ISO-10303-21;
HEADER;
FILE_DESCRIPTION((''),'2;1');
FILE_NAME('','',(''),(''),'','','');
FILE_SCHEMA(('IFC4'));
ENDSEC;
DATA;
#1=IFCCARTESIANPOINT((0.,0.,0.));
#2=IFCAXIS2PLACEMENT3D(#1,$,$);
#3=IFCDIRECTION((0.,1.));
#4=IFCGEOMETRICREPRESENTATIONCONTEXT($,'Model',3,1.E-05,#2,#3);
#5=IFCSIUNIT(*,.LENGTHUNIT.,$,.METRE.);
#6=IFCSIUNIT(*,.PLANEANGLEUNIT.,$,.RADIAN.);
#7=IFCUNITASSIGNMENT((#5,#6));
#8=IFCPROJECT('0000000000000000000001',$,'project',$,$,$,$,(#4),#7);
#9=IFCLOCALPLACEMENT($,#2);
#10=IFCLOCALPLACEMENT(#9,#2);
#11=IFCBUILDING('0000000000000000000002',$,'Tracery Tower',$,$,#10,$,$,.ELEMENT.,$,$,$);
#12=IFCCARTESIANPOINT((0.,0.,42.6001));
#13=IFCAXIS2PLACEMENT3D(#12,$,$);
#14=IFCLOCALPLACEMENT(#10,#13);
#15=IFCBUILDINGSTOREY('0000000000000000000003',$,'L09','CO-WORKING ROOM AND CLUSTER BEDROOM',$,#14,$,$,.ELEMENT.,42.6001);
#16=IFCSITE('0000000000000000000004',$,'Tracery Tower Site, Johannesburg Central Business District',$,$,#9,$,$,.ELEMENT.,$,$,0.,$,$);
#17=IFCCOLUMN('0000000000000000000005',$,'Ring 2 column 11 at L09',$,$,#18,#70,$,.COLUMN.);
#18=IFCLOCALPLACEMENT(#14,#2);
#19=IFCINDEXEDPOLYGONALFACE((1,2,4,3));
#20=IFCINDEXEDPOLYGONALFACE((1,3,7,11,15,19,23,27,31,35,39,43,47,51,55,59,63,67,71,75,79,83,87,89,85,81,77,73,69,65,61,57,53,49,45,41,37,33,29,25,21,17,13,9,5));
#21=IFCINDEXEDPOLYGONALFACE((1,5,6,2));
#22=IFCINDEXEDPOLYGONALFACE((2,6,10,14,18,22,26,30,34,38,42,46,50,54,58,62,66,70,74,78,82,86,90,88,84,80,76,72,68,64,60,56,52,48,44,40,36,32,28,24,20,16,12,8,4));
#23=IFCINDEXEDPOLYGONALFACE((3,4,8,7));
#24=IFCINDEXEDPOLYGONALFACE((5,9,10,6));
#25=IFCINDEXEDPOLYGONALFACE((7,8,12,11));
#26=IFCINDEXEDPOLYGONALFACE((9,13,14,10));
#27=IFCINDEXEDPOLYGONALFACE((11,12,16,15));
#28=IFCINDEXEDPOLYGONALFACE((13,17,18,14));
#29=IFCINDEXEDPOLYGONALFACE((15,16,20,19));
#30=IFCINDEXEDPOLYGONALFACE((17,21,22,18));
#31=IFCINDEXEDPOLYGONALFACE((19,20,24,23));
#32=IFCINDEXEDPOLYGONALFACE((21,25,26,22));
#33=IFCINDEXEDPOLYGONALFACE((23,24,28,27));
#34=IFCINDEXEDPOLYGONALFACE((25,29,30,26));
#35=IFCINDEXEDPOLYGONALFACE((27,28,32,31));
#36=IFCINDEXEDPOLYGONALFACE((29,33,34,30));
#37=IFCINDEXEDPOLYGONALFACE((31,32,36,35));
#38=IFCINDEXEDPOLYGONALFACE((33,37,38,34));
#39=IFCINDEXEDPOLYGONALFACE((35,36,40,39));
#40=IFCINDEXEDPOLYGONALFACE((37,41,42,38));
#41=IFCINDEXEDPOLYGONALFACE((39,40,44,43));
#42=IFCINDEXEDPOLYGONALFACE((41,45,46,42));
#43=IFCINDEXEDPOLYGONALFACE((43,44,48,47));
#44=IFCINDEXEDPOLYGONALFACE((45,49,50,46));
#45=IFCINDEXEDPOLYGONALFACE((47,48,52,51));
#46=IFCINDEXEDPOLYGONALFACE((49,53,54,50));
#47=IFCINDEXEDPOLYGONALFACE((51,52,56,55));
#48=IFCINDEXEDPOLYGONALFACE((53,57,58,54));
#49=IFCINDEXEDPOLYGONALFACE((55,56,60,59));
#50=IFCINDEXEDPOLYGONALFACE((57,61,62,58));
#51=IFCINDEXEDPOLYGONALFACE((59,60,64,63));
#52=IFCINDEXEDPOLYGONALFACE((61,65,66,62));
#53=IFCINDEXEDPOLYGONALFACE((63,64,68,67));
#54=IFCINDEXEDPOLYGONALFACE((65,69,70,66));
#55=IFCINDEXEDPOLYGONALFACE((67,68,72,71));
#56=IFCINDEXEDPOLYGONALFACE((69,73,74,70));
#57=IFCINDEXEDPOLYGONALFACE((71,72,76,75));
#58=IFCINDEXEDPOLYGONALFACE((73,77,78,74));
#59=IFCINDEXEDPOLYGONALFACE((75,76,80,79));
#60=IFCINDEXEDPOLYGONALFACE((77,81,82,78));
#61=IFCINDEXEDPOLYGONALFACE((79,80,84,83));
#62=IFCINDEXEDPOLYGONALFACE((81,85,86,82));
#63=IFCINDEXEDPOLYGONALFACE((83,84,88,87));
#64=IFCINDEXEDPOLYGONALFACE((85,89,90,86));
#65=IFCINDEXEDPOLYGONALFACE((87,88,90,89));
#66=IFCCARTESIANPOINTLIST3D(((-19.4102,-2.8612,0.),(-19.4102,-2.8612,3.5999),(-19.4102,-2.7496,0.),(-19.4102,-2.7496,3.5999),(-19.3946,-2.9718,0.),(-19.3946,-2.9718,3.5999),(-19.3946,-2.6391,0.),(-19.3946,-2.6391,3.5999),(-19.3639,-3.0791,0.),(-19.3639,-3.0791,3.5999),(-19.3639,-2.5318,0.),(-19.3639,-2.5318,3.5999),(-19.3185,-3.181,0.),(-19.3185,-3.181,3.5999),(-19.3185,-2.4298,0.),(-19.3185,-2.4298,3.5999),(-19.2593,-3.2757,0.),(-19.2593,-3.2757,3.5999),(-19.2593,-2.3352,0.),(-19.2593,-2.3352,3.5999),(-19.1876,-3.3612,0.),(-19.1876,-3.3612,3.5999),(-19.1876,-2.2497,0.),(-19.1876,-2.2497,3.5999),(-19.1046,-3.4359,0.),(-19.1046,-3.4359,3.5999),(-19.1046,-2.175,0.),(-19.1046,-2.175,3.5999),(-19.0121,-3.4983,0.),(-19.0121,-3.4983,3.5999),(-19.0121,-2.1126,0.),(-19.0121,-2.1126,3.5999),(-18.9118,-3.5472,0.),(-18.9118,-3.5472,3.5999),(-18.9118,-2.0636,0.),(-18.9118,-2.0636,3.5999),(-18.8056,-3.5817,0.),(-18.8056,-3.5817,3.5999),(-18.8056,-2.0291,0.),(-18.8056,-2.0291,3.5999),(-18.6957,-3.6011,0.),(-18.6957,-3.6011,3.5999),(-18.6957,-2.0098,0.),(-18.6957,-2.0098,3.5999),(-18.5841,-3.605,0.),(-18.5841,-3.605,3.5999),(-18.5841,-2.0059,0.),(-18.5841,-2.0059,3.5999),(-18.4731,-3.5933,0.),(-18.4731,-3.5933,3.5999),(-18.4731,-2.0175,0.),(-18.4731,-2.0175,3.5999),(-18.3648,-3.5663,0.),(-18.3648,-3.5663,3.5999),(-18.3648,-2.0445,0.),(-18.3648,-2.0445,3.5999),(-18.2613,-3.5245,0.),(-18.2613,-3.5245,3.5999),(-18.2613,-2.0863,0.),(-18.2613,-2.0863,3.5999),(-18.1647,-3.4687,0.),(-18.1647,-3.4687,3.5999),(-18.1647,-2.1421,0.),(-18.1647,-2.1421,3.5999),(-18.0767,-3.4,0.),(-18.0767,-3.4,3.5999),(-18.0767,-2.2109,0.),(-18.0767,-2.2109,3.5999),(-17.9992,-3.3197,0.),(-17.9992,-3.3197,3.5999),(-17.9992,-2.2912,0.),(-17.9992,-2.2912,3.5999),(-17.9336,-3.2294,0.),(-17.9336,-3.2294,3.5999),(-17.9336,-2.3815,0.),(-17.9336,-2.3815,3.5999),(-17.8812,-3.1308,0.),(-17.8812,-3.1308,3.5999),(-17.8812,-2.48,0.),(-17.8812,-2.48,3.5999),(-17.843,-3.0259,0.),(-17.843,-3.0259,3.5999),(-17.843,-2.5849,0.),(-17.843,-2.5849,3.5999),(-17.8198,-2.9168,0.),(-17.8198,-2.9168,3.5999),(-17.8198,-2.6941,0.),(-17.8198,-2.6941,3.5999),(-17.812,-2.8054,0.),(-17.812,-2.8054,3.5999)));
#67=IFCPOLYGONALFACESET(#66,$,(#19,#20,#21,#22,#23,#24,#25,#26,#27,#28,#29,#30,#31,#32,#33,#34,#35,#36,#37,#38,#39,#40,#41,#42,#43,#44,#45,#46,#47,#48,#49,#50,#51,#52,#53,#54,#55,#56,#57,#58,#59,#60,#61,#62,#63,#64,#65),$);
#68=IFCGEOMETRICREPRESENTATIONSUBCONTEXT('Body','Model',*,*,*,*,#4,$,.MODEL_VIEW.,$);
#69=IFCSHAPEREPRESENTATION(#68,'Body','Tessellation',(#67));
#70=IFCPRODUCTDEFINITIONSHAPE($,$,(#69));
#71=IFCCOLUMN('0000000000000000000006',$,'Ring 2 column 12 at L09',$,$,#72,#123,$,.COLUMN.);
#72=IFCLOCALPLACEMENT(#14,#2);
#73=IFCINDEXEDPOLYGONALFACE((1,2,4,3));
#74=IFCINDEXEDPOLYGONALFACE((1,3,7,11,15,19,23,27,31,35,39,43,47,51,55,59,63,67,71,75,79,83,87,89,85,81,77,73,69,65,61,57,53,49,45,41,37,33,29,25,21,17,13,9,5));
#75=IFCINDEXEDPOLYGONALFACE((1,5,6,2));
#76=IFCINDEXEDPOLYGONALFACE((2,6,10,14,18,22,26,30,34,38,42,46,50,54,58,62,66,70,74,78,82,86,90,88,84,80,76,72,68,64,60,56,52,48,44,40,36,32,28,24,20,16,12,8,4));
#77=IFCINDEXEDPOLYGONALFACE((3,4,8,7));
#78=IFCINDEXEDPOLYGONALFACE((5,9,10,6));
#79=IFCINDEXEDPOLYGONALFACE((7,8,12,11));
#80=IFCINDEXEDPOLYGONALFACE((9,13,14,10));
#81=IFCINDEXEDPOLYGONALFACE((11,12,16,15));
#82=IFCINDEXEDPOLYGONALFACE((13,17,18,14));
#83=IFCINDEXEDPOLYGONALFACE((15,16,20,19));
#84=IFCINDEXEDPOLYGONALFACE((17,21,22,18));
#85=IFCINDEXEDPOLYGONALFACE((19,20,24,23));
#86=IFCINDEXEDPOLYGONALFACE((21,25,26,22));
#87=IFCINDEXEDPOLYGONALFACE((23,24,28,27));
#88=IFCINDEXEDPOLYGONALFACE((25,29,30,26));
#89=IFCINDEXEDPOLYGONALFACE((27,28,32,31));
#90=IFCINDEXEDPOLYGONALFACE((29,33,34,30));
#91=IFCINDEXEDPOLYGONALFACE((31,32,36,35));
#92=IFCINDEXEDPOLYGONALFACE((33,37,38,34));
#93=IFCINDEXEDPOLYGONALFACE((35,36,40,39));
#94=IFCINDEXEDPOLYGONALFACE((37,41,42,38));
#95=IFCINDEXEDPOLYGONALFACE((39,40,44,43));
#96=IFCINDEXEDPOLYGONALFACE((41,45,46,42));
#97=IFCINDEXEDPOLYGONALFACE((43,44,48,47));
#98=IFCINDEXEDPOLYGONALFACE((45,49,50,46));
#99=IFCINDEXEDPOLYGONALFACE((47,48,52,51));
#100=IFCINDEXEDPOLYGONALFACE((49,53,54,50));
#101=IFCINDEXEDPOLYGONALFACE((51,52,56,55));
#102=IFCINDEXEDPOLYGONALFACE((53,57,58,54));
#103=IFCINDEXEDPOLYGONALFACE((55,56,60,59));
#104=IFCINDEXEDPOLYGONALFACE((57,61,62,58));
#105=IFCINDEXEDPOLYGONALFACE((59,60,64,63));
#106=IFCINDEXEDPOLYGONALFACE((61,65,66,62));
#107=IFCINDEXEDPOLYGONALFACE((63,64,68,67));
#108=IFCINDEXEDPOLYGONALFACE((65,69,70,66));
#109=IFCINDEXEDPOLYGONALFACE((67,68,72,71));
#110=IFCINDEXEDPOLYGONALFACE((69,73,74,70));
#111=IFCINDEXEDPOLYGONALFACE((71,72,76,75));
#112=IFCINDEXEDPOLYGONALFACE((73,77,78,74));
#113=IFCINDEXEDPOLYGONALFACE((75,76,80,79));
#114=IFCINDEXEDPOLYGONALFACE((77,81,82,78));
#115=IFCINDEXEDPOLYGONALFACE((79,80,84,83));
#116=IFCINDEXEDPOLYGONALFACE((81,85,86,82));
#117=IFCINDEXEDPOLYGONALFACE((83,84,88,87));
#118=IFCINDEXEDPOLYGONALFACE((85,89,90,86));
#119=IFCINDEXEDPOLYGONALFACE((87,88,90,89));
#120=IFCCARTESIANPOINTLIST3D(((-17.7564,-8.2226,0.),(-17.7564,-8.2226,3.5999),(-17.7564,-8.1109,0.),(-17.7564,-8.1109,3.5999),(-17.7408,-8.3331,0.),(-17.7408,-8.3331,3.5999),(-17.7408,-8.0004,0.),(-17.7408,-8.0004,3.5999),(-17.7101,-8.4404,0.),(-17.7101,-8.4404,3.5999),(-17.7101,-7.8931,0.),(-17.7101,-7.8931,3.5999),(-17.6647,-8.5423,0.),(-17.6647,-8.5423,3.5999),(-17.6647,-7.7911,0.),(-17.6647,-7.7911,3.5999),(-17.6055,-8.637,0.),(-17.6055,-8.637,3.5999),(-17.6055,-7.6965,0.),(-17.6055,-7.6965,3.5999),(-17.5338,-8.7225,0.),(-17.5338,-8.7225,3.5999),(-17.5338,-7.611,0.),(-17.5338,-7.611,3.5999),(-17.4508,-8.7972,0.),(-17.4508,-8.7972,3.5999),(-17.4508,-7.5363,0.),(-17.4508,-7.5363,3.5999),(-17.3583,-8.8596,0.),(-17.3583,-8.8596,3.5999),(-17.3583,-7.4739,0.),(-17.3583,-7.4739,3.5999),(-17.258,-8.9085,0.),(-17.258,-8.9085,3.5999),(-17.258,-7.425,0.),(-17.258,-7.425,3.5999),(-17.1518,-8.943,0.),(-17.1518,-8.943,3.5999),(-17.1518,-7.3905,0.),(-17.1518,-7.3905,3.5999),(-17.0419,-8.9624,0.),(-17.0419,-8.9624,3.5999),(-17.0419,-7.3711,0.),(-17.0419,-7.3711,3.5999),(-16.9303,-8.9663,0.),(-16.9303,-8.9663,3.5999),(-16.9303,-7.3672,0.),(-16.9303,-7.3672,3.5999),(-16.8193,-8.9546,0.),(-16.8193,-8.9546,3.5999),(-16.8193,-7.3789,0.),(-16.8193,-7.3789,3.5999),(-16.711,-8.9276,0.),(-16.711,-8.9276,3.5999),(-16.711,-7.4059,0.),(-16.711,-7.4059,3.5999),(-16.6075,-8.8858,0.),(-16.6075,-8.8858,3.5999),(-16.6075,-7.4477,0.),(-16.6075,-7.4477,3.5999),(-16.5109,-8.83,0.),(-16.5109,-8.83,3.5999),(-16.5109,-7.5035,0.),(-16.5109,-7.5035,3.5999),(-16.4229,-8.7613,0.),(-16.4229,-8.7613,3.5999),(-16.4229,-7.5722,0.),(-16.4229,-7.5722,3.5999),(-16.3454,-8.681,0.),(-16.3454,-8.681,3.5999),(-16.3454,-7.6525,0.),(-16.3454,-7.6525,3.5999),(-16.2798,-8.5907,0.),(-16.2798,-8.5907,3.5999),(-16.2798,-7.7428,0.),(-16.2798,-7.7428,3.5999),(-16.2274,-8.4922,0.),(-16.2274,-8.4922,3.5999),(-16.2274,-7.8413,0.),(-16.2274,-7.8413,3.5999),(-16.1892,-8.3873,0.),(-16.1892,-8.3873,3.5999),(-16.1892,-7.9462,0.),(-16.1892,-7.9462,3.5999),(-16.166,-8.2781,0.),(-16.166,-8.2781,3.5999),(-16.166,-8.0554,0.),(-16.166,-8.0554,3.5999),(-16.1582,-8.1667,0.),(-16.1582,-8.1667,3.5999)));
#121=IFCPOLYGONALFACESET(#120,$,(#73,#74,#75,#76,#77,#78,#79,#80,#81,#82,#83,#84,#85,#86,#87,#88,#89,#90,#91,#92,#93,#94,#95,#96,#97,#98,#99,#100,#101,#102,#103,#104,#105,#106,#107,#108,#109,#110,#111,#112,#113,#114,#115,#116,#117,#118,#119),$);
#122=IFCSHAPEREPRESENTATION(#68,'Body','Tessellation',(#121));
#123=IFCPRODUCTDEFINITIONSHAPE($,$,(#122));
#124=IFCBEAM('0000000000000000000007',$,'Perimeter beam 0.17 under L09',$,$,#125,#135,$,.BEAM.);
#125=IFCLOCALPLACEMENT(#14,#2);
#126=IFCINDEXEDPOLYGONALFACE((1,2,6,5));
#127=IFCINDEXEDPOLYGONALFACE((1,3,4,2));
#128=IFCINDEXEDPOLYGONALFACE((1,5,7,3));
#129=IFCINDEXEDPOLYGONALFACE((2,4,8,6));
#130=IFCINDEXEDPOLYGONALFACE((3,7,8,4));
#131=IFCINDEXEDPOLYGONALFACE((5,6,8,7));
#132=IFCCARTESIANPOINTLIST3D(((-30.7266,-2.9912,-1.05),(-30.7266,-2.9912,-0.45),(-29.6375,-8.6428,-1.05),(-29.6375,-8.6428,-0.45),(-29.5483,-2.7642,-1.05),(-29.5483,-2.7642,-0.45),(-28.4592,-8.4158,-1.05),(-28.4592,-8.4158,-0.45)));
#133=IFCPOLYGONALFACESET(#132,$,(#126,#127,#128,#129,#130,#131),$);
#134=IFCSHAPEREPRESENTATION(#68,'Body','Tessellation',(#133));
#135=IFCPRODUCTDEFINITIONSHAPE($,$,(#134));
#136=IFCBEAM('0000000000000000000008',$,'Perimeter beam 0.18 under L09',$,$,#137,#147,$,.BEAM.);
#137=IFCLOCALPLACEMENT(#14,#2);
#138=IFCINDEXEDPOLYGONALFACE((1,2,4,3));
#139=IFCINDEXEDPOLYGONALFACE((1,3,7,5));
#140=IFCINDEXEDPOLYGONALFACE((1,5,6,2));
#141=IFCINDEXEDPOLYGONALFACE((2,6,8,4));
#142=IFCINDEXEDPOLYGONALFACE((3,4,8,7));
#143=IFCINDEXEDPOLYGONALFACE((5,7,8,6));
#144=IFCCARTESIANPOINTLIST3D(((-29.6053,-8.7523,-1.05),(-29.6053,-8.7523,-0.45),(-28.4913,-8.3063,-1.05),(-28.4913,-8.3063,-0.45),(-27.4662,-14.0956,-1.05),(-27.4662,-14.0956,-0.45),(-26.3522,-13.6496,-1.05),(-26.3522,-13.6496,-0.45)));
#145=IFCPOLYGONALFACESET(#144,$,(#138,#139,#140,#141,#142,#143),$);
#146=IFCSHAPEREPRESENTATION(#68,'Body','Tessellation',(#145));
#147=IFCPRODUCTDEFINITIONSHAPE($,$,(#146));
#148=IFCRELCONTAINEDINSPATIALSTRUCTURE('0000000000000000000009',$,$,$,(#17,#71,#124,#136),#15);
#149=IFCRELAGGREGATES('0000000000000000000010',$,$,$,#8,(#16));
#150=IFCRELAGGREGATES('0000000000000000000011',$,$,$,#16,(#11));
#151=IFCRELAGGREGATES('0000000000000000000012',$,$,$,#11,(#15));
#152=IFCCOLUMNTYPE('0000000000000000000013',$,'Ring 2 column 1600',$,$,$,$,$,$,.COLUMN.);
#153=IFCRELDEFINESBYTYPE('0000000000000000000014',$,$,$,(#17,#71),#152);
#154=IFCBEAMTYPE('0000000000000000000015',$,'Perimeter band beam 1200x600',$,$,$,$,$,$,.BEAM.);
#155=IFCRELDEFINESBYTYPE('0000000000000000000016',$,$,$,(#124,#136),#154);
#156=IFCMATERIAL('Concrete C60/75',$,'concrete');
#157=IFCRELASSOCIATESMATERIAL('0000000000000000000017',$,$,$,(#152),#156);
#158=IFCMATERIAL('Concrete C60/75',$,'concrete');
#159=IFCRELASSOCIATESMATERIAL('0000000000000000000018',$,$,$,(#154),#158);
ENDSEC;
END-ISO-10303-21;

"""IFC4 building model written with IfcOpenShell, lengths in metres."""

from ifc_helpers import new_model, si_unit, direction, frame, origin, origin_2d, place, context, subcontext, project, spatial, rectangle, circle, extrude, material, material_profile, profile_set, type_object, element, save


model = new_model("IFC4")

# Units and contexts
model_context = context("Model", 3, precision=1e-05, world=origin(), true_north=direction((0.0, 1.0)))
body_context = subcontext(model_context, "Body", "Model", "MODEL_VIEW")
ifc_project = project(units=[si_unit("LENGTHUNIT", "METRE"), si_unit("PLANEANGLEUNIT", "RADIAN")], contexts=[model_context])

# Site, building, storey
site_placement = place(None, origin())
site = spatial("IfcSite", under=ifc_project, at=site_placement, Name="Tracery Tower Site, Johannesburg Central Business District", CompositionType="ELEMENT", RefElevation=0.0)
building_placement = place(site_placement, origin())
building = spatial("IfcBuilding", under=site, at=building_placement, Name="Tracery Tower", CompositionType="ELEMENT")
storey_placement = place(building_placement, frame((0.0, 0.0, 42.6001)))
storey = spatial("IfcBuildingStorey", under=building, at=storey_placement, Name="L09", Description="CO-WORKING ROOM AND CLUSTER BEDROOM", CompositionType="ELEMENT", Elevation=42.6001)

# Columns
ifc_material_1 = material(Name="Concrete C60/75", Category="concrete")
ifc_material_profile_1 = material_profile(ifc_material_1, circle(Radius=0.8, at=origin_2d()), Name="RC D1600")
ifc_profile_set_1 = profile_set([ifc_material_profile_1], Name="Concrete C60/75")
column_type_1 = type_object("IfcColumnType", Name="Ring 2 column 1600", PredefinedType="COLUMN", material=ifc_profile_set_1)
for number, where, z_axis, x_axis, name in (
    (1, (-18.6121, -2.8054, 0.0), (0.0, 0.0, 1.0), (1.0, 0.0, 0.0), "Ring 2 column 11 at L09"),
    (2, (-16.9583, -8.1667, 0.0), (0.0, 0.0, 1.0), (1.0, 0.0, 0.0), "Ring 2 column 12 at L09"),
):
    element("IfcColumn", number, at=place(storey_placement, frame(where, z_axis=z_axis, x_axis=x_axis)), inside=storey, type_object=column_type_1, Name=name, PredefinedType="COLUMN", context=body_context, shape_type="SweptSolid", body=[
        extrude(circle(Radius=0.8, at=origin_2d()), origin(), (0.0, 0.0, 1.0), 3.5999),
    ])

# Beams
ifc_material_2 = material(Name="Concrete C60/75", Category="concrete")
ifc_material_profile_2 = material_profile(ifc_material_2, rectangle(XDim=1.2, YDim=0.6001, at=origin_2d()), Name="RC 1200x600")
ifc_profile_set_2 = profile_set([ifc_material_profile_2], Name="Concrete C60/75")
beam_type = type_object("IfcBeamType", Name="Perimeter band beam 1200x600", PredefinedType="BEAM", material=ifc_profile_set_2)
for number, where, z_axis, x_axis, name in (
    (3, (-30.1375, -2.8777, -0.75), (0.189227, -0.981933, 0.0), (0.981933, 0.189227, 0.0), "Perimeter beam 0.17 under L09"),
    (4, (-29.0483, -8.5293, -0.75), (0.371669, -0.928365, 0.0), (0.928365, 0.371669, 0.0), "Perimeter beam 0.18 under L09"),
):
    element("IfcBeam", number, at=place(storey_placement, frame(where, z_axis=z_axis, x_axis=x_axis)), inside=storey, type_object=beam_type, Name=name, PredefinedType="BEAM", context=body_context, shape_type="SweptSolid", body=[
        extrude(rectangle(XDim=1.2, YDim=0.6001, at=origin_2d()), origin(), (0.0, 0.0, 1.0), 5.7556),
    ])

save(model, "model.ifc")
